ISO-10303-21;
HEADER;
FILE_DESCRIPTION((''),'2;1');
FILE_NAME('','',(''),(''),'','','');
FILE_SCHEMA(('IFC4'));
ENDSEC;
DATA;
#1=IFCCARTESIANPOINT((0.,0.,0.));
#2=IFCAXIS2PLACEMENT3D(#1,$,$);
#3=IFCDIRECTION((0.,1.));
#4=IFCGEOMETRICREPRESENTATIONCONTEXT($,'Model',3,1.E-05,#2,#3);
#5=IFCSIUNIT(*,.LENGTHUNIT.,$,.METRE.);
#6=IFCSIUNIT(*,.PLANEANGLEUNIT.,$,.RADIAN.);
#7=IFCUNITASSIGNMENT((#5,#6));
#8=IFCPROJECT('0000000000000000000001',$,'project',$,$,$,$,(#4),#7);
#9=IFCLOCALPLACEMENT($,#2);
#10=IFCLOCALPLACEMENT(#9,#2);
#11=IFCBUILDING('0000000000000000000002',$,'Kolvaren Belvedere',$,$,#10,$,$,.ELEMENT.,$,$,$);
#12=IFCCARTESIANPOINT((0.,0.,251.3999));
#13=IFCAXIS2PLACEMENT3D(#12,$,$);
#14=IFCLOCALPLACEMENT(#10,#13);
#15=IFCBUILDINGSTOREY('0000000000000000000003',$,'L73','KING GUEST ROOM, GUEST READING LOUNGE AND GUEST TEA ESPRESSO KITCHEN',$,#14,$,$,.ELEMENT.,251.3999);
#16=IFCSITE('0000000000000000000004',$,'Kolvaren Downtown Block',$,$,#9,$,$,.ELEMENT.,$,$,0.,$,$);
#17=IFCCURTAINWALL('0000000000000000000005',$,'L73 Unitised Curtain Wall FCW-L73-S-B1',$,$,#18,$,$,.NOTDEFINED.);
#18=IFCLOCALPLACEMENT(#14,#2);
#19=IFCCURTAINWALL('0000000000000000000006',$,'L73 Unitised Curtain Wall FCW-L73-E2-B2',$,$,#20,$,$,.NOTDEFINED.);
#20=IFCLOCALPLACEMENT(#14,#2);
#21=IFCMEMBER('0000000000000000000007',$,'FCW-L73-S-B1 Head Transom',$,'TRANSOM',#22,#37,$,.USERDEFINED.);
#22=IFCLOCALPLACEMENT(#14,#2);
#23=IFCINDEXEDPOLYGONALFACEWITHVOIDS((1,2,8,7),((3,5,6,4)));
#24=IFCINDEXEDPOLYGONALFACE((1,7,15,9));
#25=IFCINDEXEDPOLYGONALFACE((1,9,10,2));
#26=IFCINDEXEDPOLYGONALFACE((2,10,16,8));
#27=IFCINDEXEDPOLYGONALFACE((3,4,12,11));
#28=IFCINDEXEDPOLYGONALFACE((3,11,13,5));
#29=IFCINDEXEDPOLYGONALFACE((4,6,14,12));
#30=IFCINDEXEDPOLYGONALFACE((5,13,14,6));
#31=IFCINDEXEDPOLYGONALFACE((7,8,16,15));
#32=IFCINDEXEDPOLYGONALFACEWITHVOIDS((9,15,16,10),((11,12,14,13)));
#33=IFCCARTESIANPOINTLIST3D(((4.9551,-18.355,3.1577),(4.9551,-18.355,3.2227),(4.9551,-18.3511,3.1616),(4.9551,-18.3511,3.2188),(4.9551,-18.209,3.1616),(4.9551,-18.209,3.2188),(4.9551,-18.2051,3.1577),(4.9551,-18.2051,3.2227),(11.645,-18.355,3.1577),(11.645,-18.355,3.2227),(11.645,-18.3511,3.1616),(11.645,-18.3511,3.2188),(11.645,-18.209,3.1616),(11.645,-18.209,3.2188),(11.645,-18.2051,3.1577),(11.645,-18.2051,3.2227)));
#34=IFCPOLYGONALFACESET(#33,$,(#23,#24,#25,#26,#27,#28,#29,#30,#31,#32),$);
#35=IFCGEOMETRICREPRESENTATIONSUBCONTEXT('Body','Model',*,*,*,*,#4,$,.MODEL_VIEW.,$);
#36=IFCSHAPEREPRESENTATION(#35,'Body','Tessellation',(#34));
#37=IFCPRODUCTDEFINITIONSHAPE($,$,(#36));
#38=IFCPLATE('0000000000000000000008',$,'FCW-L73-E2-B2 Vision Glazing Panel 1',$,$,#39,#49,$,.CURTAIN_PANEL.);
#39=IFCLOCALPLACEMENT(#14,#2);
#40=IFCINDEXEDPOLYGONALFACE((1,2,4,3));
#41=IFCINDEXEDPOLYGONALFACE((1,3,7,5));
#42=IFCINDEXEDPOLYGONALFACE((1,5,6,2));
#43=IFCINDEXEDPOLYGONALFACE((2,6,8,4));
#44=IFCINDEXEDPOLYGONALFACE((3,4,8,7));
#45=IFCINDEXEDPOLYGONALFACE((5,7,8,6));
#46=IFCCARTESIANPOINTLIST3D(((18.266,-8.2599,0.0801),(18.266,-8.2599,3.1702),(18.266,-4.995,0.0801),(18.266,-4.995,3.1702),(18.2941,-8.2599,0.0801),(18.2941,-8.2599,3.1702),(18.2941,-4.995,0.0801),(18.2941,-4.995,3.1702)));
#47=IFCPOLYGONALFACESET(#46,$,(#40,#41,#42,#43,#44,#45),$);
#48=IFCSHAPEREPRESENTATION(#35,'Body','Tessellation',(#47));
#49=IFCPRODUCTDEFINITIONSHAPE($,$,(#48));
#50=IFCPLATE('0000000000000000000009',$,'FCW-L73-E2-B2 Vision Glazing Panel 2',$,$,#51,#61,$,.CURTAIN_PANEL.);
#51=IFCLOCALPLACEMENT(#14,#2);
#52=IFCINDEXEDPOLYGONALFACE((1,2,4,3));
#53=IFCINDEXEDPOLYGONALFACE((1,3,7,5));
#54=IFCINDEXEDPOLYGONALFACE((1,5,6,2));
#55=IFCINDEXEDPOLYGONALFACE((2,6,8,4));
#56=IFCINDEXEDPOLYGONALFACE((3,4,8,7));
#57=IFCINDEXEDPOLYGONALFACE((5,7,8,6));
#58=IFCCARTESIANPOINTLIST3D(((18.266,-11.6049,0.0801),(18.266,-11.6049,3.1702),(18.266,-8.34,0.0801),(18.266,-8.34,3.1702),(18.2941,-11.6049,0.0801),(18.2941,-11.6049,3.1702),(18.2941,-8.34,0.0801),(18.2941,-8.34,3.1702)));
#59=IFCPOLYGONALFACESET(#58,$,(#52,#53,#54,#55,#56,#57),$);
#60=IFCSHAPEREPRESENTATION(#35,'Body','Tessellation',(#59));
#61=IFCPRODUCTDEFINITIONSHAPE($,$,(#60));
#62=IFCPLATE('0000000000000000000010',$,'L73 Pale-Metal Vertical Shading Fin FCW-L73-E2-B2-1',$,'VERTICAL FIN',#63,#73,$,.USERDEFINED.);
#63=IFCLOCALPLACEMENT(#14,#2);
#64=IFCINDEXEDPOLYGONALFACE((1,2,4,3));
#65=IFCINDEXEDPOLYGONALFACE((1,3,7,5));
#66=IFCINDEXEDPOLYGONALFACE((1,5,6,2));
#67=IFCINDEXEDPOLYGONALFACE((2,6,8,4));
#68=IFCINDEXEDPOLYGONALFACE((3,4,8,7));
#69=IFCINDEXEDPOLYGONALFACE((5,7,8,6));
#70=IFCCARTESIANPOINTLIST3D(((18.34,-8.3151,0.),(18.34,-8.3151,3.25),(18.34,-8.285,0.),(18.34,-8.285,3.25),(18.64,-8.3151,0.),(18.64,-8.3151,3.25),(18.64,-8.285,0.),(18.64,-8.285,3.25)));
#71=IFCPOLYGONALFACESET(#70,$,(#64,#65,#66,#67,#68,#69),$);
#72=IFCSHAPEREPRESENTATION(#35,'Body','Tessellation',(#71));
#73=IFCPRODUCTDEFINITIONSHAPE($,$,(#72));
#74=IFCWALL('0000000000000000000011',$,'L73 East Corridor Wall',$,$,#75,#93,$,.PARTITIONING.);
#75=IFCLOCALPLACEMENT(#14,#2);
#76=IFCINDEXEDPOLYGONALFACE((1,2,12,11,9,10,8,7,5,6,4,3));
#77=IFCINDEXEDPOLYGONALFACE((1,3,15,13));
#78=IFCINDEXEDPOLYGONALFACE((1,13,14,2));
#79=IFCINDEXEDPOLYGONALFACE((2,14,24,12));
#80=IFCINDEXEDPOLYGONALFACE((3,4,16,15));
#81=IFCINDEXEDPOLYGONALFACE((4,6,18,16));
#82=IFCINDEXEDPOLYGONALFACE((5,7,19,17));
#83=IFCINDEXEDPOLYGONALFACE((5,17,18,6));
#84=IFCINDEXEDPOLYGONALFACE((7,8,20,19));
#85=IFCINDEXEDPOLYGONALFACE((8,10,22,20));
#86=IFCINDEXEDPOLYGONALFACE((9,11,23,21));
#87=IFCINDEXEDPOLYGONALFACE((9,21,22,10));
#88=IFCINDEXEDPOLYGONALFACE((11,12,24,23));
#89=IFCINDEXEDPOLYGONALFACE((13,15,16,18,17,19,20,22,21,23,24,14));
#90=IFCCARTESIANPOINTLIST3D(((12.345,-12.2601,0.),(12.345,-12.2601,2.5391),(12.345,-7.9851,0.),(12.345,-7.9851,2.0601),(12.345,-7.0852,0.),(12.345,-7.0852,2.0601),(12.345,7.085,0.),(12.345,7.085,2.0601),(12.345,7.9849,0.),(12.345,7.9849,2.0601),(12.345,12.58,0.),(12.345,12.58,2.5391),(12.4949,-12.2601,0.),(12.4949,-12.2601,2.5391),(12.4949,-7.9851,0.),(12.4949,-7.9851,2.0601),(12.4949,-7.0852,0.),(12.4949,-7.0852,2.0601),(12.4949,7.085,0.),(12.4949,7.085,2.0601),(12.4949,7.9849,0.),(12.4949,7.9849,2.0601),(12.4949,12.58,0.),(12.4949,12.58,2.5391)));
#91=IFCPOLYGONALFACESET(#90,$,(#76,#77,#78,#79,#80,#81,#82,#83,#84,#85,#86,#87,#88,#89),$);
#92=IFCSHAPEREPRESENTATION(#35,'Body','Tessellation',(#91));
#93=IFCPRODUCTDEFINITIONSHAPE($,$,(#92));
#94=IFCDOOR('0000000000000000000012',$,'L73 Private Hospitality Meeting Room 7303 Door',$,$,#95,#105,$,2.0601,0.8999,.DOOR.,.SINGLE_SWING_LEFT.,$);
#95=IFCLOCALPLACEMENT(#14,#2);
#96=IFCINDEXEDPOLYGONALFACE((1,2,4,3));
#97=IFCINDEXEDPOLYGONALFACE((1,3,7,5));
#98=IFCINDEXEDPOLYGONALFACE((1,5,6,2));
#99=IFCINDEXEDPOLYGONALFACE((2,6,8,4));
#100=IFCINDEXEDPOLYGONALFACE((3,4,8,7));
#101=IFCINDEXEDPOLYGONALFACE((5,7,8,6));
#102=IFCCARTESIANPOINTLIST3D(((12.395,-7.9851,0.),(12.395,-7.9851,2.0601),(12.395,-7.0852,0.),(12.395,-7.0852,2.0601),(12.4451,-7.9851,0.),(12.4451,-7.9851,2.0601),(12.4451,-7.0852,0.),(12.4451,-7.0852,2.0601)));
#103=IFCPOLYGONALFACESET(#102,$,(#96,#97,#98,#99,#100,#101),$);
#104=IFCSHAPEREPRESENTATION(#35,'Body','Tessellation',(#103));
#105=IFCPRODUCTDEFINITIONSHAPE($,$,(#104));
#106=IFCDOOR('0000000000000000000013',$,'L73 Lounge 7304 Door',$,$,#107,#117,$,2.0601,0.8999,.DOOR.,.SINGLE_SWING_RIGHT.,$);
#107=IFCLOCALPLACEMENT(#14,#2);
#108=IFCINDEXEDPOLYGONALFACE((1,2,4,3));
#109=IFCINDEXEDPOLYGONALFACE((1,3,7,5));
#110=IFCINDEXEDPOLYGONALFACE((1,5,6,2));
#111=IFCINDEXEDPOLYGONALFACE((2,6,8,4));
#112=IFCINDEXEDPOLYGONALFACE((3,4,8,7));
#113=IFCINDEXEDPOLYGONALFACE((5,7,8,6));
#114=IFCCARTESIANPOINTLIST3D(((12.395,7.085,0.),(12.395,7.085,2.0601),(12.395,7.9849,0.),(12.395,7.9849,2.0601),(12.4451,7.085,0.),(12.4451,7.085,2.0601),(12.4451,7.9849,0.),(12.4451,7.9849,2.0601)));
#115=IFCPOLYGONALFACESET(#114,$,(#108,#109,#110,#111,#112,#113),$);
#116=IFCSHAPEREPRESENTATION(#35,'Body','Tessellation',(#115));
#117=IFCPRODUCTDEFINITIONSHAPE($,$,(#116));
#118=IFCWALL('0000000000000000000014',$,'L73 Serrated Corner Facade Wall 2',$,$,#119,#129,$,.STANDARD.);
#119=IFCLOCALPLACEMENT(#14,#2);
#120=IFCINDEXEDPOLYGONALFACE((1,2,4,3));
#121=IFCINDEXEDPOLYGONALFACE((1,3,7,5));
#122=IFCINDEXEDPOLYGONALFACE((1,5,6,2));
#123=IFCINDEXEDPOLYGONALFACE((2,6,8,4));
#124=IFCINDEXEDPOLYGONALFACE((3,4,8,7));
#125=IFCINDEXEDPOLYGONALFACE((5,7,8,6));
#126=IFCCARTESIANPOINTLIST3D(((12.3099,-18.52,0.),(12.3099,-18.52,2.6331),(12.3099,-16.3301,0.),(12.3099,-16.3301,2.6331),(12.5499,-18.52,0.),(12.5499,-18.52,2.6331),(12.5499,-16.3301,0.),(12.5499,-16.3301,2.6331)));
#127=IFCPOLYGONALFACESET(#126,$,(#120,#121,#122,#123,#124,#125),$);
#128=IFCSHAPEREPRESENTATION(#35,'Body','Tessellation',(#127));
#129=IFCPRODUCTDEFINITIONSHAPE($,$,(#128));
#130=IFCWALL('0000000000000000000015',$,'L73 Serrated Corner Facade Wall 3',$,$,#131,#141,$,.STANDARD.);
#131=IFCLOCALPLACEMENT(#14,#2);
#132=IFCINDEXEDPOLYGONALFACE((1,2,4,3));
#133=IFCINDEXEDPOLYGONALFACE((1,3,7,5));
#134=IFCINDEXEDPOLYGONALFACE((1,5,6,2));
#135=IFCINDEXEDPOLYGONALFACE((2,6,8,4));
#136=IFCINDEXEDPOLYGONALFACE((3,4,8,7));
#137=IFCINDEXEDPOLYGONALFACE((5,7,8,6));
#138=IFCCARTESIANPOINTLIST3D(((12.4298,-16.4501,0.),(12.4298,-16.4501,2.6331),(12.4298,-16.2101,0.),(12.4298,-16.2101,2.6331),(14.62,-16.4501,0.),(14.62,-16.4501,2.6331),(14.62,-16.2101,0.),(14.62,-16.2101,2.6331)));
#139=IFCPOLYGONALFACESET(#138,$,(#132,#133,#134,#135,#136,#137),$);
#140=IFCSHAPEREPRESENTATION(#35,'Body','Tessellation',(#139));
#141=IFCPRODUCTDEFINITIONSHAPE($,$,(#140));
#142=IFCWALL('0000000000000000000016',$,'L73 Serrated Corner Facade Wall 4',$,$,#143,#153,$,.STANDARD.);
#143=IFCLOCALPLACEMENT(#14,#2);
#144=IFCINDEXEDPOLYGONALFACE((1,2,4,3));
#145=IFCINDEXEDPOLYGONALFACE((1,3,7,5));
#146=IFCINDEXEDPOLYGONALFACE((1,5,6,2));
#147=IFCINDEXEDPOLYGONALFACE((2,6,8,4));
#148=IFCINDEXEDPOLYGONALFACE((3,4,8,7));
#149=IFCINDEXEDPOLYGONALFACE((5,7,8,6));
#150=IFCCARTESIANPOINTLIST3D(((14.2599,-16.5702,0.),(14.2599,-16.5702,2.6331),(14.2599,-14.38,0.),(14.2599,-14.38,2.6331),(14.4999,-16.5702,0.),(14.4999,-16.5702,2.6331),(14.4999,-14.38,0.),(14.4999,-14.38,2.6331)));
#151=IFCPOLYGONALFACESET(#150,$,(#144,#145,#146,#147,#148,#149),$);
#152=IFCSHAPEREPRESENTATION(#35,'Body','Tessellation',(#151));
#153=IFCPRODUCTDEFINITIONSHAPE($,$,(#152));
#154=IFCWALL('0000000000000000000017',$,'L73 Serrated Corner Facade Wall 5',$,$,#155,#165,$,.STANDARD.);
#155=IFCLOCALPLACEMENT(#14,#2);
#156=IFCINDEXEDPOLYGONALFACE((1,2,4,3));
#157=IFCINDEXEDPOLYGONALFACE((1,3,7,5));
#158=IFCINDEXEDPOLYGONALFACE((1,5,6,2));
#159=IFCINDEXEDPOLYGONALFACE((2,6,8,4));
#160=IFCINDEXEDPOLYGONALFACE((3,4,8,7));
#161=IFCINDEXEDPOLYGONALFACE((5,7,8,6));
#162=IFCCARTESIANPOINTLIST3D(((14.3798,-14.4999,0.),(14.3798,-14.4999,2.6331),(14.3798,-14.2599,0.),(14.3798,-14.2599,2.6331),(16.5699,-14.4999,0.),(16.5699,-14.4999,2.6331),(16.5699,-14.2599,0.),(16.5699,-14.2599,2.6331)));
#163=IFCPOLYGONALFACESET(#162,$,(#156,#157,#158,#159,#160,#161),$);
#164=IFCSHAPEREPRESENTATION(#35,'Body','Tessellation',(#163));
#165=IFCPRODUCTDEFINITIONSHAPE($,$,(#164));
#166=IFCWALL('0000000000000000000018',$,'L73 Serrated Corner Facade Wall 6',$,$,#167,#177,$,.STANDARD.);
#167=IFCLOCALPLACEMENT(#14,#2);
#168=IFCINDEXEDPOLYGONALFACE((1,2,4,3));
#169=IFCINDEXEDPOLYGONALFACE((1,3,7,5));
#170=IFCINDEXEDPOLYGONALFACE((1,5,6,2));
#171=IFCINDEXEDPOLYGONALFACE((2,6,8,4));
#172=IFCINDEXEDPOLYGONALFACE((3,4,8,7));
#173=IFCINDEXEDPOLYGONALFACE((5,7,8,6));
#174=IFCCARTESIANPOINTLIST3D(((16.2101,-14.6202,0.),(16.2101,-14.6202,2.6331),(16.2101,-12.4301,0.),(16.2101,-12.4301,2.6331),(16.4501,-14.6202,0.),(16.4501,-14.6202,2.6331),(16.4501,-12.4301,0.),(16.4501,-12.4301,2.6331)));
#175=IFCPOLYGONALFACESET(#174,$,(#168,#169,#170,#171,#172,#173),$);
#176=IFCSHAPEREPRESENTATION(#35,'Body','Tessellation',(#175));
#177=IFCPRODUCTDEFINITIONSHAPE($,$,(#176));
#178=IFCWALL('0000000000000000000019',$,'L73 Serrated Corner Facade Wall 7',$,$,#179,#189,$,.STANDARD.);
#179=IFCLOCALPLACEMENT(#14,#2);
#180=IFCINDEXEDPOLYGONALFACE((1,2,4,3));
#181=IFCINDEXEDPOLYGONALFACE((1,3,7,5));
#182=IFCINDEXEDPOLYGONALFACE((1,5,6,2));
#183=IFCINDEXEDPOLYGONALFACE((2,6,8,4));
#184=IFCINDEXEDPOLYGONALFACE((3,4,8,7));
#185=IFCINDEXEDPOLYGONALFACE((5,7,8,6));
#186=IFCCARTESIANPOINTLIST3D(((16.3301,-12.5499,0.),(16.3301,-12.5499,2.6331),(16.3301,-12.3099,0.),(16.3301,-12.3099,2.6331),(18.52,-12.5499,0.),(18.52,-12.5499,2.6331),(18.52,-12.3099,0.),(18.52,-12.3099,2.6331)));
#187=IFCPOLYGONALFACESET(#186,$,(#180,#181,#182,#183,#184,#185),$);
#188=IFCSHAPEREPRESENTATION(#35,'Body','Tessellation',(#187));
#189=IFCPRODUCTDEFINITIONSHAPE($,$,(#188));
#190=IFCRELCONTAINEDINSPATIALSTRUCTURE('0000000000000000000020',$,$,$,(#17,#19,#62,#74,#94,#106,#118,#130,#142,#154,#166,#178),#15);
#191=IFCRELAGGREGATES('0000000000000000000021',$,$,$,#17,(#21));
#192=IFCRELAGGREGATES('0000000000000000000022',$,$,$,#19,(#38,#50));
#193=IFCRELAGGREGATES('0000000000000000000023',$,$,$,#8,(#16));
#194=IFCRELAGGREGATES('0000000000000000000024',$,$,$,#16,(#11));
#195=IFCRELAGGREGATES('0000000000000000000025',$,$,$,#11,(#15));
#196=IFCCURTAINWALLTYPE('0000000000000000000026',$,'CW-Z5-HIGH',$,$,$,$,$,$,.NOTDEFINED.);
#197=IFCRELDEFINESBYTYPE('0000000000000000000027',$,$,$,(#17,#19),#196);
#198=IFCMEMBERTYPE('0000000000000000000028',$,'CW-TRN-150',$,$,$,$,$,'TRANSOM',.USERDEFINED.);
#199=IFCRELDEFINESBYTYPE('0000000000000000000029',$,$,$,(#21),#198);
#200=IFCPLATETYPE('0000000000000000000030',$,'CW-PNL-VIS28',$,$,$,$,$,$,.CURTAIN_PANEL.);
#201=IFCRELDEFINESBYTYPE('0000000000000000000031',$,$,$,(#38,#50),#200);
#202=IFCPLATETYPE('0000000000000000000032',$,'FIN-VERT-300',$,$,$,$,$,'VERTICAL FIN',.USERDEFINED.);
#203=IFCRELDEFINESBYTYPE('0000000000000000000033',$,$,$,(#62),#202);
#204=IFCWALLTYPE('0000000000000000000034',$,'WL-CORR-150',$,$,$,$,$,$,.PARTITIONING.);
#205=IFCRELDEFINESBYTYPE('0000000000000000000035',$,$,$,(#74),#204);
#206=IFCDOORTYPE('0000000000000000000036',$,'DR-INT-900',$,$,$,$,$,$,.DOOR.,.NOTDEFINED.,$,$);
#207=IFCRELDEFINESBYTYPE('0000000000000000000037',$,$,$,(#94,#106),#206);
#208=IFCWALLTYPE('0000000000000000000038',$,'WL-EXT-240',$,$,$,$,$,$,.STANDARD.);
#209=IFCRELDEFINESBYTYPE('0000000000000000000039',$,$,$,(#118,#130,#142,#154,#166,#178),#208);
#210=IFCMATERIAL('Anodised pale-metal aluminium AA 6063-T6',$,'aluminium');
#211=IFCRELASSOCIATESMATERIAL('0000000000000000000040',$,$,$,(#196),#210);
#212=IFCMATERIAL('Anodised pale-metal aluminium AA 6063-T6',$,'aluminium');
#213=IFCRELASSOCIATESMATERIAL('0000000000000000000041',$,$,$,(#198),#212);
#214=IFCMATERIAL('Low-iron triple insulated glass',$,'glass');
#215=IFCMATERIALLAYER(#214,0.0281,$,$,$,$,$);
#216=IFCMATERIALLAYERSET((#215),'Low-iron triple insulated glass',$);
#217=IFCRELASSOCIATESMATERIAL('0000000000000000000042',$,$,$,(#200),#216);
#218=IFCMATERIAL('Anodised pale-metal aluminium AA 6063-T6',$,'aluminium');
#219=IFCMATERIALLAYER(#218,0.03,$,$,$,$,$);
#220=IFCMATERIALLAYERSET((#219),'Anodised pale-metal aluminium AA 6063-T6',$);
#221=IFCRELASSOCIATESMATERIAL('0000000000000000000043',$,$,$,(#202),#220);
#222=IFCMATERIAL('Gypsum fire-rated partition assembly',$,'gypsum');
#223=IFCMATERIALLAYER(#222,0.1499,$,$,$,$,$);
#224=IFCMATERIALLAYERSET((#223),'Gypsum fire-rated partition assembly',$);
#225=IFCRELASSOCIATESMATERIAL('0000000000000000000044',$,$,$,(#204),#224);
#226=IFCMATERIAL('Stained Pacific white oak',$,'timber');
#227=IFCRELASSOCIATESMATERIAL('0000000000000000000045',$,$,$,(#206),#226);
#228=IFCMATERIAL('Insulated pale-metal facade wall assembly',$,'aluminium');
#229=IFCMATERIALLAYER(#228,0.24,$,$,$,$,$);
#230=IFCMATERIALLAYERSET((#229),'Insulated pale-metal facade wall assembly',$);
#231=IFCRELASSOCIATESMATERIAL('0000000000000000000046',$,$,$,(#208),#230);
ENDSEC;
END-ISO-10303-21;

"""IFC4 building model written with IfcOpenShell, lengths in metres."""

from ifc_helpers import new_model, si_unit, direction, frame, frame_2d, origin, origin_2d, place, context, subcontext, project, spatial, rectangle, hollow_rectangle, extrude, material, layer, layer_set, material_profile, profile_set, type_object, element, fill, aggregate, save


model = new_model("IFC4")

# Units and contexts
model_context = context("Model", 3, precision=1e-05, world=origin(), true_north=direction((0.0, 1.0)))
body_context = subcontext(model_context, "Body", "Model", "MODEL_VIEW")
ifc_project = project(units=[si_unit("LENGTHUNIT", "METRE"), si_unit("PLANEANGLEUNIT", "RADIAN")], contexts=[model_context])

# Site, building, storey
site_placement = place(None, origin())
site = spatial("IfcSite", under=ifc_project, at=site_placement, Name="Kolvaren Downtown Block", CompositionType="ELEMENT", RefElevation=0.0)
building_placement = place(site_placement, origin())
building = spatial("IfcBuilding", under=site, at=building_placement, Name="Kolvaren Belvedere", CompositionType="ELEMENT")
storey_placement = place(building_placement, frame((0.0, 0.0, 251.3999)))
storey = spatial("IfcBuildingStorey", under=building, at=storey_placement, Name="L73", Description="KING GUEST ROOM, GUEST READING LOUNGE AND GUEST TEA ESPRESSO KITCHEN", CompositionType="ELEMENT", Elevation=251.3999)

# Curtain wall
ifc_material_1 = material(Name="Anodised pale-metal aluminium AA 6063-T6", Category="aluminium")
curtain_wall_type = type_object("IfcCurtainWallType", Name="CW-Z5-HIGH", PredefinedType="NOTDEFINED", material=ifc_material_1)
curtain_wall_1_placement = place(storey_placement, origin())
curtain_wall_1 = element("IfcCurtainWall", 1, at=curtain_wall_1_placement, inside=storey, type_object=curtain_wall_type, Name="L73 Unitised Curtain Wall FCW-L73-S-B1", PredefinedType="NOTDEFINED")

# Curtain wall
curtain_wall_2_placement = place(storey_placement, origin())
curtain_wall_2 = element("IfcCurtainWall", 2, at=curtain_wall_2_placement, inside=storey, type_object=curtain_wall_type, Name="L73 Unitised Curtain Wall FCW-L73-E2-B2", PredefinedType="NOTDEFINED")

# Member
ifc_material_2 = material(Name="Anodised pale-metal aluminium AA 6063-T6", Category="aluminium")
ifc_material_profile_1 = material_profile(ifc_material_2, hollow_rectangle(XDim=0.0649, YDim=0.1499, WallThickness=0.0039, at=origin_2d()), Name="ALU-TRN-150X65")
ifc_profile_set_1 = profile_set([ifc_material_profile_1], Name="Anodised pale-metal aluminium AA 6063-T6")
member_type_1 = type_object("IfcMemberType", Name="CW-TRN-150", ElementType="TRANSOM", PredefinedType="USERDEFINED", material=ifc_profile_set_1)
member_1_placement = place(storey_placement, frame((11.645, -18.28, 3.1902), z_axis=(-1.0, 0.0, 0.0), x_axis=(0.0, 0.0, 1.0)))
member_1 = element("IfcMember", 3, at=member_1_placement, type_object=member_type_1, Name="FCW-L73-S-B1 Head Transom", ObjectType="TRANSOM", PredefinedType="USERDEFINED", context=body_context, shape_type="SweptSolid", body=[
    extrude(hollow_rectangle(XDim=0.0649, YDim=0.1499, WallThickness=0.0039, at=origin_2d()), origin(), (0.0, 0.0, 1.0), 6.6899),
])
aggregate(curtain_wall_1, [member_1])

# Plates
ifc_material_3 = material(Name="Low-iron triple insulated glass", Category="glass")
ifc_layer_1 = layer(ifc_material_3, 0.0281)
ifc_layer_set_1 = layer_set([ifc_layer_1], Name="Low-iron triple insulated glass")
plate_type_1 = type_object("IfcPlateType", Name="CW-PNL-VIS28", PredefinedType="CURTAIN_PANEL", material=ifc_layer_set_1)
plate_1_placement = place(storey_placement, frame((18.28, -6.6274, 0.0801), z_axis=(0.0, 0.0, 1.0), x_axis=(0.0, -1.0, 0.0)))
plate_1 = element("IfcPlate", 4, at=plate_1_placement, type_object=plate_type_1, Name="FCW-L73-E2-B2 Vision Glazing Panel 1", PredefinedType="CURTAIN_PANEL", context=body_context, shape_type="SweptSolid", body=[
    extrude(rectangle(XDim=3.2649, YDim=0.0281, at=origin_2d()), origin(), (0.0, 0.0, 1.0), 3.0901),
])
plate_2_placement = place(storey_placement, frame((18.28, -9.9724, 0.0801), z_axis=(0.0, 0.0, 1.0), x_axis=(0.0, -1.0, 0.0)))
plate_2 = element("IfcPlate", 5, at=plate_2_placement, type_object=plate_type_1, Name="FCW-L73-E2-B2 Vision Glazing Panel 2", PredefinedType="CURTAIN_PANEL", context=body_context, shape_type="SweptSolid", body=[
    extrude(rectangle(XDim=3.2649, YDim=0.0281, at=origin_2d()), origin(), (0.0, 0.0, 1.0), 3.0901),
])
aggregate(curtain_wall_2, [plate_1, plate_2])
ifc_material_4 = material(Name="Anodised pale-metal aluminium AA 6063-T6", Category="aluminium")
ifc_layer_2 = layer(ifc_material_4, 0.03)
ifc_layer_set_2 = layer_set([ifc_layer_2], Name="Anodised pale-metal aluminium AA 6063-T6")
plate_type_2 = type_object("IfcPlateType", Name="FIN-VERT-300", ElementType="VERTICAL FIN", PredefinedType="USERDEFINED", material=ifc_layer_set_2)
plate_3_placement = place(storey_placement, frame((18.49, -8.3, 0.0), z_axis=(0.0, 0.0, 1.0), x_axis=(1.0, 0.0, 0.0)))
element("IfcPlate", 6, at=plate_3_placement, inside=storey, type_object=plate_type_2, Name="L73 Pale-Metal Vertical Shading Fin FCW-L73-E2-B2-1", ObjectType="VERTICAL FIN", PredefinedType="USERDEFINED", context=body_context, shape_type="SweptSolid", body=[
    extrude(rectangle(XDim=0.3, YDim=0.03, at=origin_2d()), origin(), (0.0, 0.0, 1.0), 3.25),
])

# Wall, openings, doors
ifc_material_5 = material(Name="Gypsum fire-rated partition assembly", Category="gypsum")
ifc_layer_3 = layer(ifc_material_5, 0.1499)
ifc_layer_set_3 = layer_set([ifc_layer_3], Name="Gypsum fire-rated partition assembly")
wall_type_1 = type_object("IfcWallType", Name="WL-CORR-150", PredefinedType="PARTITIONING", material=ifc_layer_set_3)
wall_1_placement = place(storey_placement, frame((12.4199, -12.26, 0.0), z_axis=(0.0, 0.0, 1.0), x_axis=(0.0, 1.0, 0.0)))
wall_1 = element("IfcWall", 7, at=wall_1_placement, inside=storey, type_object=wall_type_1, Name="L73 East Corridor Wall", PredefinedType="PARTITIONING", context=body_context, shape_type="SweptSolid", body=[
    extrude(rectangle(XDim=24.8401, YDim=0.1499, at=frame_2d((12.4199, 0.0))), origin(), (0.0, 0.0, 1.0), 2.5391),
])
opening_1_placement = place(wall_1_placement, frame((4.2749, 0.0, 0.0)))
opening_1 = element("IfcOpeningElement", 8, at=opening_1_placement, cuts=wall_1, PredefinedType="OPENING", context=body_context, shape_type="SweptSolid", body=[
    extrude(rectangle(XDim=0.8999, YDim=2.0601, at=frame_2d((0.45, 1.03))), frame((0.0, 0.085, 0.0), z_axis=(0.0, -1.0, 0.0), x_axis=(1.0, 0.0, 0.0)), (0.0, 0.0, 1.0), 0.1699),
])
opening_2_placement = place(wall_1_placement, frame((19.345, 0.0, 0.0)))
opening_2 = element("IfcOpeningElement", 9, at=opening_2_placement, cuts=wall_1, PredefinedType="OPENING", context=body_context, shape_type="SweptSolid", body=[
    extrude(rectangle(XDim=0.8999, YDim=2.0601, at=frame_2d((0.45, 1.03))), frame((0.0, 0.085, 0.0), z_axis=(0.0, -1.0, 0.0), x_axis=(1.0, 0.0, 0.0)), (0.0, 0.0, 1.0), 0.1699),
])
ifc_material_6 = material(Name="Stained Pacific white oak", Category="timber")
door_type = type_object("IfcDoorType", Name="DR-INT-900", OperationType="NOTDEFINED", PredefinedType="DOOR", material=ifc_material_6)
door_1_placement = place(opening_1_placement, origin())
door_1 = element("IfcDoor", 10, at=door_1_placement, inside=storey, type_object=door_type, Name="L73 Private Hospitality Meeting Room 7303 Door", OperationType="SINGLE_SWING_LEFT", OverallHeight=2.0601, OverallWidth=0.8999, PredefinedType="DOOR", context=body_context, shape_type="SweptSolid", body=[
    extrude(rectangle(XDim=0.8999, YDim=2.0601, at=frame_2d((0.45, 1.03))), frame((0.0, 0.0249, 0.0), z_axis=(0.0, -1.0, 0.0), x_axis=(1.0, 0.0, 0.0)), (0.0, 0.0, 1.0), 0.05),
])
fill(opening_1, door_1)
door_2_placement = place(opening_2_placement, origin())
door_2 = element("IfcDoor", 11, at=door_2_placement, inside=storey, type_object=door_type, Name="L73 Lounge 7304 Door", OperationType="SINGLE_SWING_RIGHT", OverallHeight=2.0601, OverallWidth=0.8999, PredefinedType="DOOR", context=body_context, shape_type="SweptSolid", body=[
    extrude(rectangle(XDim=0.8999, YDim=2.0601, at=frame_2d((0.45, 1.03))), frame((0.0, 0.0249, 0.0), z_axis=(0.0, -1.0, 0.0), x_axis=(1.0, 0.0, 0.0)), (0.0, 0.0, 1.0), 0.05),
])
fill(opening_2, door_2)

# Walls
ifc_material_7 = material(Name="Insulated pale-metal facade wall assembly", Category="aluminium")
ifc_layer_4 = layer(ifc_material_7, 0.24)
ifc_layer_set_4 = layer_set([ifc_layer_4], Name="Insulated pale-metal facade wall assembly")
wall_type_2 = type_object("IfcWallType", Name="WL-EXT-240", PredefinedType="STANDARD", material=ifc_layer_set_4)
wall_2_placement = place(storey_placement, frame((12.4299, -16.3301, 0.0), z_axis=(0.0, 0.0, 1.0), x_axis=(0.0, -1.0, 0.0)))
element("IfcWall", 12, at=wall_2_placement, inside=storey, type_object=wall_type_2, Name="L73 Serrated Corner Facade Wall 2", PredefinedType="STANDARD", context=body_context, shape_type="SweptSolid", body=[
    extrude(rectangle(XDim=2.1899, YDim=0.24, at=frame_2d((1.095, 0.0))), origin(), (0.0, 0.0, 1.0), 2.6331),
])
for number, where, z_axis, x_axis, name in (
    (13, (14.6201, -16.3301, 0.0), (0.0, 0.0, 1.0), (-1.0, 0.0, 0.0), "L73 Serrated Corner Facade Wall 3"),
    (14, (14.3799, -14.3799, 0.0), (0.0, 0.0, 1.0), (0.0, -1.0, 0.0), "L73 Serrated Corner Facade Wall 4"),
    (15, (16.5701, -14.3799, 0.0), (0.0, 0.0, 1.0), (-1.0, 0.0, 0.0), "L73 Serrated Corner Facade Wall 5"),
    (16, (16.3301, -12.4299, 0.0), (0.0, 0.0, 1.0), (0.0, -1.0, 0.0), "L73 Serrated Corner Facade Wall 6"),
):
    element("IfcWall", number, at=place(storey_placement, frame(where, z_axis=z_axis, x_axis=x_axis)), inside=storey, type_object=wall_type_2, Name=name, PredefinedType="STANDARD", context=body_context, shape_type="SweptSolid", body=[
        extrude(rectangle(XDim=2.1902, YDim=0.24, at=frame_2d((1.0952, 0.0))), origin(), (0.0, 0.0, 1.0), 2.6331),
    ])
wall_3_placement = place(storey_placement, frame((18.52, -12.4299, 0.0), z_axis=(0.0, 0.0, 1.0), x_axis=(-1.0, 0.0, 0.0)))
element("IfcWall", 17, at=wall_3_placement, inside=storey, type_object=wall_type_2, Name="L73 Serrated Corner Facade Wall 7", PredefinedType="STANDARD", context=body_context, shape_type="SweptSolid", body=[
    extrude(rectangle(XDim=2.1899, YDim=0.24, at=frame_2d((1.095, 0.0))), origin(), (0.0, 0.0, 1.0), 2.6331),
])

save(model, "model.ifc")
